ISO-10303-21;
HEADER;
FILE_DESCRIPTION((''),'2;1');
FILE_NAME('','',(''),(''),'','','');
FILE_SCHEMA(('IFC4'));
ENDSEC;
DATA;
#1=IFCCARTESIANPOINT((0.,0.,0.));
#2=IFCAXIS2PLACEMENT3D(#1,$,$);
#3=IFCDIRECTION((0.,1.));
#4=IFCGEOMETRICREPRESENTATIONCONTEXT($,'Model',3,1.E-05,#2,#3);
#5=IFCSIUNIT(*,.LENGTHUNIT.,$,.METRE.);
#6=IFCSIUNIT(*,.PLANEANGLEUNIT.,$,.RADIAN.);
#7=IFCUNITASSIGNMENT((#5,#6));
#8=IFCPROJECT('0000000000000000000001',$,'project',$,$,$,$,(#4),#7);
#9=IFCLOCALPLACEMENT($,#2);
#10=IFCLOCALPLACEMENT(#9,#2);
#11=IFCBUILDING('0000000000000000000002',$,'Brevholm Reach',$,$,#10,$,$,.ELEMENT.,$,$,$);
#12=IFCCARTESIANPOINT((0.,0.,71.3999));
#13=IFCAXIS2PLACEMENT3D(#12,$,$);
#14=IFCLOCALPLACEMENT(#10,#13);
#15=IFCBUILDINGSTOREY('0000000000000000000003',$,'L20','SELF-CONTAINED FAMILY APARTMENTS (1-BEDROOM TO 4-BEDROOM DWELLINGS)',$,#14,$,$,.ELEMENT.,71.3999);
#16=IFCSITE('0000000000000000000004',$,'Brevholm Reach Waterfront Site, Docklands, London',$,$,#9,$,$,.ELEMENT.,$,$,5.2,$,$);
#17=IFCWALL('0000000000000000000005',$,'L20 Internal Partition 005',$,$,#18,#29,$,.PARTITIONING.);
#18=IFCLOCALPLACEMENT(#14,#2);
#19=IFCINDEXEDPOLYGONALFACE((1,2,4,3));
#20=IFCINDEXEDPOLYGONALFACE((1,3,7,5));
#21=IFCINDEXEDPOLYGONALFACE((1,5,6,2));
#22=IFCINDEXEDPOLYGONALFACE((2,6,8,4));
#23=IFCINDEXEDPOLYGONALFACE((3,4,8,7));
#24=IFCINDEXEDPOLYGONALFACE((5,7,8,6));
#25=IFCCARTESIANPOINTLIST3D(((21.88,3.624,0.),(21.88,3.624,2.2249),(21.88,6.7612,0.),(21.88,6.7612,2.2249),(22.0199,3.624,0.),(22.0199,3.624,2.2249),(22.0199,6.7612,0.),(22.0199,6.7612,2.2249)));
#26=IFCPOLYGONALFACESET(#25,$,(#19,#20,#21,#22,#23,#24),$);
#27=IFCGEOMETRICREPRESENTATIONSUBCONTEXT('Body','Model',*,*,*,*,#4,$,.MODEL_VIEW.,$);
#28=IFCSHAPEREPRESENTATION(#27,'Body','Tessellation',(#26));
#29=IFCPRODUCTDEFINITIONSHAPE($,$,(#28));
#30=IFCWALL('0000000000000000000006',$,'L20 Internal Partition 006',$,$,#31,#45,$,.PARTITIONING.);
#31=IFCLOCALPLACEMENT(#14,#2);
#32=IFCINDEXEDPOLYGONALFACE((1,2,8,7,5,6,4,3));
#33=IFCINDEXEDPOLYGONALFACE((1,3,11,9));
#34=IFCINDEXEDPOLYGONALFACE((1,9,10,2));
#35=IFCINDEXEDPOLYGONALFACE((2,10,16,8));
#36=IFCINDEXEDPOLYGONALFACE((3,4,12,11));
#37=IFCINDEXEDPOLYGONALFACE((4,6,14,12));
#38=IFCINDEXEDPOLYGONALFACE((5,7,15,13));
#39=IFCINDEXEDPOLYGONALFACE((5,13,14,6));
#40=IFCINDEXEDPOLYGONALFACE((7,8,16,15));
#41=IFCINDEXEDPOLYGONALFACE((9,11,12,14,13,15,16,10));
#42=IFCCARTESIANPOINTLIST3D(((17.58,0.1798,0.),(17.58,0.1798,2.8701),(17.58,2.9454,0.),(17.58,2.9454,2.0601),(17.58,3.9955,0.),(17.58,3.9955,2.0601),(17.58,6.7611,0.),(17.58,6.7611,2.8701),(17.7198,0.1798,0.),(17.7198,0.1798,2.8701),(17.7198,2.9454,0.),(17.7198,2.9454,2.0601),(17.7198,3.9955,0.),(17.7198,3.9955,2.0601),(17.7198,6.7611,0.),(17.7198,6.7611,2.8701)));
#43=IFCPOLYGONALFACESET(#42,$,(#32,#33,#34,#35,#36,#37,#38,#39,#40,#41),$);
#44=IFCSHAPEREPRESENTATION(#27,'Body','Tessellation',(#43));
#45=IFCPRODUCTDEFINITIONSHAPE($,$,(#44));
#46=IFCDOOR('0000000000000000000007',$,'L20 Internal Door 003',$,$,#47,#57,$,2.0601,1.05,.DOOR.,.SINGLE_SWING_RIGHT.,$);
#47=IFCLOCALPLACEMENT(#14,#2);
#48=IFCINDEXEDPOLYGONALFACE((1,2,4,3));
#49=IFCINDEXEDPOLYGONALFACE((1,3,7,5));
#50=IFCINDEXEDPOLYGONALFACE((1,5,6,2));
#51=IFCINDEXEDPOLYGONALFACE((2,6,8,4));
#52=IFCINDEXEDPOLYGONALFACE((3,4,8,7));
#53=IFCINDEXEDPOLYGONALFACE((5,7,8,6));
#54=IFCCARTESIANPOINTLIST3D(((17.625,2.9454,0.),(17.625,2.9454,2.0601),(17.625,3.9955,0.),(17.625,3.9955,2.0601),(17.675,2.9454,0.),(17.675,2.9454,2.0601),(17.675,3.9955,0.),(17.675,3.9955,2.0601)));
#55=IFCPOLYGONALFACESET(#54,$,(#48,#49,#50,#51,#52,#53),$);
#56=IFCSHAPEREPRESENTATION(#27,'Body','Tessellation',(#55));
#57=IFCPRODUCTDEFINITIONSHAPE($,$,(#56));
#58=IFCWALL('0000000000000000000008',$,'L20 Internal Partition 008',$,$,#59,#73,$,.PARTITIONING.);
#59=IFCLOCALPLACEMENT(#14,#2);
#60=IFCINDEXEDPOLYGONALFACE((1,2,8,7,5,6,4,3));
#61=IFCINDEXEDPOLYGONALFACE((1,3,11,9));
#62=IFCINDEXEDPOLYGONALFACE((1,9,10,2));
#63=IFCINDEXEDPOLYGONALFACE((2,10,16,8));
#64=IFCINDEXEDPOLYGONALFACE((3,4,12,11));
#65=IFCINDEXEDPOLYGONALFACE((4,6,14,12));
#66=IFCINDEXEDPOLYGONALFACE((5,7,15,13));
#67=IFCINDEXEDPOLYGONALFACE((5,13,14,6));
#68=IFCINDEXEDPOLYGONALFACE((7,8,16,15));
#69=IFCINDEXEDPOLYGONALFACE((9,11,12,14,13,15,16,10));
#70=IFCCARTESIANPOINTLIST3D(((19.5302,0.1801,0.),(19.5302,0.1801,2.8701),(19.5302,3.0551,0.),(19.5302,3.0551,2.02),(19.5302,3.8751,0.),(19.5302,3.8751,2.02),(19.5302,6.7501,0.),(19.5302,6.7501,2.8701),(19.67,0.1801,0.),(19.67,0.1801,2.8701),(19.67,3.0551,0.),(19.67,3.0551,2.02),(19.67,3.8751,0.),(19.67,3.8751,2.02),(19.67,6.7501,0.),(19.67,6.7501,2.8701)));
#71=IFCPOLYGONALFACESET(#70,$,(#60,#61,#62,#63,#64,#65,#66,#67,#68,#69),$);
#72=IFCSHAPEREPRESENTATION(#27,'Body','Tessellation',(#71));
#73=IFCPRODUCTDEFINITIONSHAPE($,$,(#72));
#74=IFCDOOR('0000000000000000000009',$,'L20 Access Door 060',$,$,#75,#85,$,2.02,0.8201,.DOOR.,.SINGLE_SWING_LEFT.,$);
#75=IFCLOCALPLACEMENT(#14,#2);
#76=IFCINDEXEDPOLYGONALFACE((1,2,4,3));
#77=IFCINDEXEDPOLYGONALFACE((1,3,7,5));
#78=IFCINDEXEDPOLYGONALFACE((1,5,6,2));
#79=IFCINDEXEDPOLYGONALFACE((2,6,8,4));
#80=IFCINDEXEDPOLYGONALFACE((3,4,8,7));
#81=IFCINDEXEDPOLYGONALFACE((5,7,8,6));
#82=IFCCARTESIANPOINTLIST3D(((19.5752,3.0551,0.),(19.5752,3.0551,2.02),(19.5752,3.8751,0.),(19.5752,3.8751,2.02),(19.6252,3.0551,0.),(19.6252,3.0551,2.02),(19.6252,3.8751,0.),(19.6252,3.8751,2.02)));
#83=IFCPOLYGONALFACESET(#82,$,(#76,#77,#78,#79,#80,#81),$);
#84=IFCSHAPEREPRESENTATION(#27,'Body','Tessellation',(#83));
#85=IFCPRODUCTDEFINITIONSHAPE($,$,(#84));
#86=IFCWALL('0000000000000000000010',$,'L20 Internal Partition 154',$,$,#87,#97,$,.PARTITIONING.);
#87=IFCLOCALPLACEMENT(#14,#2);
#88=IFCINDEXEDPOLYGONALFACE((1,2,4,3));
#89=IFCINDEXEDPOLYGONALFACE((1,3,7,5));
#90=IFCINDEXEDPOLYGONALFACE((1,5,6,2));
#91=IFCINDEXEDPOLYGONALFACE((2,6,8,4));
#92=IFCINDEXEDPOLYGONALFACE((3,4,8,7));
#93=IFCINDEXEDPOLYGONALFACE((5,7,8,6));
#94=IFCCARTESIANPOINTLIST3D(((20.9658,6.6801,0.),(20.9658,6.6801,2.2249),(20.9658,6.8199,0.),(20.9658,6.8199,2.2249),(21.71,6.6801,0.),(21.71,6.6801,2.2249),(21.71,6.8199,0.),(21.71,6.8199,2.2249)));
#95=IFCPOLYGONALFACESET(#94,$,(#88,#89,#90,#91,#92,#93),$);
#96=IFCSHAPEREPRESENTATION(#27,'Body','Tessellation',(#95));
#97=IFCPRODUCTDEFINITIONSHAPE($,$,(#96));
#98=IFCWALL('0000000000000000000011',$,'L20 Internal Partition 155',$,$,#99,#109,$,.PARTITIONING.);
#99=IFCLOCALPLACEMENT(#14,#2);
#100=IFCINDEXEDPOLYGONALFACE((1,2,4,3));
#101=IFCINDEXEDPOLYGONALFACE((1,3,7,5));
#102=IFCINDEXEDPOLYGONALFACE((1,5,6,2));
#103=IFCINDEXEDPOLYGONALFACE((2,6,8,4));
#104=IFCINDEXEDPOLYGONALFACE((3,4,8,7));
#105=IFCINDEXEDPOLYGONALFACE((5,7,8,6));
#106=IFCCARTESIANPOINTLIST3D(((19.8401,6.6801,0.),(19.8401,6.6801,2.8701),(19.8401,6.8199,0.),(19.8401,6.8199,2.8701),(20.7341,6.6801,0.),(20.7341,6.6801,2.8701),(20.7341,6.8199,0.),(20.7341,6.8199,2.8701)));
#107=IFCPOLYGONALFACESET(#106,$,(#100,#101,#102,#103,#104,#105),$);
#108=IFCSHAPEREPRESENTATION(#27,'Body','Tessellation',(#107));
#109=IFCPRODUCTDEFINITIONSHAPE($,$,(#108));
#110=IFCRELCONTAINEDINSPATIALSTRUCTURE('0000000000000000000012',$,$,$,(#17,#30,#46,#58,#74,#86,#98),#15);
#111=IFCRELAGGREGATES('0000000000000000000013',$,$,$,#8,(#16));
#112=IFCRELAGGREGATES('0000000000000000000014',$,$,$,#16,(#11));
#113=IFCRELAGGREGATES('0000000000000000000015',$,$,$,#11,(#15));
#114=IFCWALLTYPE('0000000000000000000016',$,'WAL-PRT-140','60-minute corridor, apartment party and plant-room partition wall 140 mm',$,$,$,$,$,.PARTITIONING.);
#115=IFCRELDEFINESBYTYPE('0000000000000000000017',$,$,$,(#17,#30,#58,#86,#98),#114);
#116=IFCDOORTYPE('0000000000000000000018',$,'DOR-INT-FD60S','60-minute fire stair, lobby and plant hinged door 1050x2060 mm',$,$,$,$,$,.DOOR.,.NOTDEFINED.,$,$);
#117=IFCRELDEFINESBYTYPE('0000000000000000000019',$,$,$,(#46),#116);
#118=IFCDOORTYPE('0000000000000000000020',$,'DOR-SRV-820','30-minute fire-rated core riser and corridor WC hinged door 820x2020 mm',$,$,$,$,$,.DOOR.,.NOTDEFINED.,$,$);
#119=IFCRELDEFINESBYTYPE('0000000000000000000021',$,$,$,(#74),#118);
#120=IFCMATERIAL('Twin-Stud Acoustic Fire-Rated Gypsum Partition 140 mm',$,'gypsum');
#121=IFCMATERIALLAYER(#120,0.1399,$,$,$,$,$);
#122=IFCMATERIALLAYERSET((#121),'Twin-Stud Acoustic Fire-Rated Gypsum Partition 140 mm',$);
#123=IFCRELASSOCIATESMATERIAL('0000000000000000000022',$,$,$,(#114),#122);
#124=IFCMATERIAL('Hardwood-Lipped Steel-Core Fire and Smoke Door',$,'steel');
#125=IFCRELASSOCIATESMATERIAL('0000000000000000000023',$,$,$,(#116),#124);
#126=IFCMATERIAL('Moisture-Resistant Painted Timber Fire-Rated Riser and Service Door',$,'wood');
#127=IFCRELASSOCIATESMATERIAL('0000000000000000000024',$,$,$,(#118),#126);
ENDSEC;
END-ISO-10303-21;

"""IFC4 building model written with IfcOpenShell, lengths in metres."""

from ifc_helpers import new_model, si_unit, direction, frame, frame_2d, origin, place, context, subcontext, project, spatial, rectangle, extrude, material, layer, layer_set, type_object, element, fill, save


model = new_model("IFC4")

# Units and contexts
model_context = context("Model", 3, precision=1e-05, world=origin(), true_north=direction((0.0, 1.0)))
body_context = subcontext(model_context, "Body", "Model", "MODEL_VIEW")
ifc_project = project(units=[si_unit("LENGTHUNIT", "METRE"), si_unit("PLANEANGLEUNIT", "RADIAN")], contexts=[model_context])

# Site, building, storey
site_placement = place(None, origin())
site = spatial("IfcSite", under=ifc_project, at=site_placement, Name="Brevholm Reach Waterfront Site, Docklands, London", CompositionType="ELEMENT", RefElevation=5.2)
building_placement = place(site_placement, origin())
building = spatial("IfcBuilding", under=site, at=building_placement, Name="Brevholm Reach", CompositionType="ELEMENT")
storey_placement = place(building_placement, frame((0.0, 0.0, 71.3999)))
storey = spatial("IfcBuildingStorey", under=building, at=storey_placement, Name="L20", Description="SELF-CONTAINED FAMILY APARTMENTS (1-BEDROOM TO 4-BEDROOM DWELLINGS)", CompositionType="ELEMENT", Elevation=71.3999)

# Wall
ifc_material_1 = material(Name="Twin-Stud Acoustic Fire-Rated Gypsum Partition 140 mm", Category="gypsum")
ifc_layer_1 = layer(ifc_material_1, 0.1399)
ifc_layer_set_1 = layer_set([ifc_layer_1], Name="Twin-Stud Acoustic Fire-Rated Gypsum Partition 140 mm")
wall_type_1 = type_object("IfcWallType", Name="WAL-PRT-140", Description="60-minute corridor, apartment party and plant-room partition wall 140 mm", PredefinedType="PARTITIONING", material=ifc_layer_set_1)
wall_1_placement = place(storey_placement, frame((21.95, 3.624, 0.0), z_axis=(0.0, 0.0, 1.0), x_axis=(0.0, 1.0, 0.0)))
element("IfcWall", 1, at=wall_1_placement, inside=storey, type_object=wall_type_1, Name="L20 Internal Partition 005", PredefinedType="PARTITIONING", context=body_context, shape_type="SweptSolid", body=[
    extrude(rectangle(XDim=3.1372, YDim=0.1399, at=frame_2d((1.5686, 0.0))), origin(), (0.0, 0.0, 1.0), 2.2249),
])

# Walls, openings, doors
wall_2_placement = place(storey_placement, frame((17.6499, 0.1799, 0.0), z_axis=(0.0, 0.0, 1.0), x_axis=(0.0, 1.0, 0.0)))
wall_2 = element("IfcWall", 2, at=wall_2_placement, inside=storey, type_object=wall_type_1, Name="L20 Internal Partition 006", PredefinedType="PARTITIONING", context=body_context, shape_type="SweptSolid", body=[
    extrude(rectangle(XDim=6.5813, YDim=0.1399, at=frame_2d((3.2905, 0.0))), origin(), (0.0, 0.0, 1.0), 2.8701),
])
opening_1_placement = place(wall_2_placement, frame((2.7656, 0.0, 0.0)))
opening_1 = element("IfcOpeningElement", 3, at=opening_1_placement, cuts=wall_2, PredefinedType="OPENING", context=body_context, shape_type="SweptSolid", body=[
    extrude(rectangle(XDim=1.05, YDim=2.0601, at=frame_2d((0.5249, 1.03))), frame((0.0, 0.0798, 0.0), z_axis=(0.0, -1.0, 0.0), x_axis=(1.0, 0.0, 0.0)), (0.0, 0.0, 1.0), 0.1599),
])
ifc_material_2 = material(Name="Hardwood-Lipped Steel-Core Fire and Smoke Door", Category="steel")
door_type_1 = type_object("IfcDoorType", Name="DOR-INT-FD60S", Description="60-minute fire stair, lobby and plant hinged door 1050x2060 mm", OperationType="NOTDEFINED", PredefinedType="DOOR", material=ifc_material_2)
door_1_placement = place(opening_1_placement, origin())
door_1 = element("IfcDoor", 4, at=door_1_placement, inside=storey, type_object=door_type_1, Name="L20 Internal Door 003", OperationType="SINGLE_SWING_RIGHT", OverallHeight=2.0601, OverallWidth=1.05, PredefinedType="DOOR", context=body_context, shape_type="SweptSolid", body=[
    extrude(rectangle(XDim=1.05, YDim=2.0601, at=frame_2d((0.5249, 1.03))), frame((0.0, 0.0249, 0.0), z_axis=(0.0, -1.0, 0.0), x_axis=(1.0, 0.0, 0.0)), (0.0, 0.0, 1.0), 0.05),
])
fill(opening_1, door_1)
wall_3_placement = place(storey_placement, frame((19.6001, 0.1799, 0.0), z_axis=(0.0, 0.0, 1.0), x_axis=(0.0, 1.0, 0.0)))
wall_3 = element("IfcWall", 5, at=wall_3_placement, inside=storey, type_object=wall_type_1, Name="L20 Internal Partition 008", PredefinedType="PARTITIONING", context=body_context, shape_type="SweptSolid", body=[
    extrude(rectangle(XDim=6.5701, YDim=0.1399, at=frame_2d((3.2852, 0.0))), origin(), (0.0, 0.0, 1.0), 2.8701),
])
opening_2_placement = place(wall_3_placement, frame((2.875, 0.0, 0.0)))
opening_2 = element("IfcOpeningElement", 6, at=opening_2_placement, cuts=wall_3, PredefinedType="OPENING", context=body_context, shape_type="SweptSolid", body=[
    extrude(rectangle(XDim=0.8201, YDim=2.02, at=frame_2d((0.4102, 1.01))), frame((0.0, 0.0798, 0.0), z_axis=(0.0, -1.0, 0.0), x_axis=(1.0, 0.0, 0.0)), (0.0, 0.0, 1.0), 0.1599),
])
ifc_material_3 = material(Name="Moisture-Resistant Painted Timber Fire-Rated Riser and Service Door", Category="wood")
door_type_2 = type_object("IfcDoorType", Name="DOR-SRV-820", Description="30-minute fire-rated core riser and corridor WC hinged door 820x2020 mm", OperationType="NOTDEFINED", PredefinedType="DOOR", material=ifc_material_3)
door_2_placement = place(opening_2_placement, origin())
door_2 = element("IfcDoor", 7, at=door_2_placement, inside=storey, type_object=door_type_2, Name="L20 Access Door 060", OperationType="SINGLE_SWING_LEFT", OverallHeight=2.02, OverallWidth=0.8201, PredefinedType="DOOR", context=body_context, shape_type="SweptSolid", body=[
    extrude(rectangle(XDim=0.8201, YDim=2.02, at=frame_2d((0.4102, 1.01))), frame((0.0, 0.0249, 0.0), z_axis=(0.0, -1.0, 0.0), x_axis=(1.0, 0.0, 0.0)), (0.0, 0.0, 1.0), 0.05),
])
fill(opening_2, door_2)

# Walls
wall_4_placement = place(storey_placement, frame((20.9658, 6.75, 0.0), z_axis=(0.0, 0.0, 1.0), x_axis=(1.0, 0.0, 0.0)))
element("IfcWall", 8, at=wall_4_placement, inside=storey, type_object=wall_type_1, Name="L20 Internal Partition 154", PredefinedType="PARTITIONING", context=body_context, shape_type="SweptSolid", body=[
    extrude(rectangle(XDim=0.7441, YDim=0.1399, at=frame_2d((0.3721, 0.0))), origin(), (0.0, 0.0, 1.0), 2.2249),
])
wall_5_placement = place(storey_placement, frame((19.8401, 6.75, 0.0), z_axis=(0.0, 0.0, 1.0), x_axis=(1.0, 0.0, 0.0)))
element("IfcWall", 9, at=wall_5_placement, inside=storey, type_object=wall_type_1, Name="L20 Internal Partition 155", PredefinedType="PARTITIONING", context=body_context, shape_type="SweptSolid", body=[
    extrude(rectangle(XDim=0.894, YDim=0.1399, at=frame_2d((0.447, 0.0))), origin(), (0.0, 0.0, 1.0), 2.8701),
])

save(model, "model.ifc")
